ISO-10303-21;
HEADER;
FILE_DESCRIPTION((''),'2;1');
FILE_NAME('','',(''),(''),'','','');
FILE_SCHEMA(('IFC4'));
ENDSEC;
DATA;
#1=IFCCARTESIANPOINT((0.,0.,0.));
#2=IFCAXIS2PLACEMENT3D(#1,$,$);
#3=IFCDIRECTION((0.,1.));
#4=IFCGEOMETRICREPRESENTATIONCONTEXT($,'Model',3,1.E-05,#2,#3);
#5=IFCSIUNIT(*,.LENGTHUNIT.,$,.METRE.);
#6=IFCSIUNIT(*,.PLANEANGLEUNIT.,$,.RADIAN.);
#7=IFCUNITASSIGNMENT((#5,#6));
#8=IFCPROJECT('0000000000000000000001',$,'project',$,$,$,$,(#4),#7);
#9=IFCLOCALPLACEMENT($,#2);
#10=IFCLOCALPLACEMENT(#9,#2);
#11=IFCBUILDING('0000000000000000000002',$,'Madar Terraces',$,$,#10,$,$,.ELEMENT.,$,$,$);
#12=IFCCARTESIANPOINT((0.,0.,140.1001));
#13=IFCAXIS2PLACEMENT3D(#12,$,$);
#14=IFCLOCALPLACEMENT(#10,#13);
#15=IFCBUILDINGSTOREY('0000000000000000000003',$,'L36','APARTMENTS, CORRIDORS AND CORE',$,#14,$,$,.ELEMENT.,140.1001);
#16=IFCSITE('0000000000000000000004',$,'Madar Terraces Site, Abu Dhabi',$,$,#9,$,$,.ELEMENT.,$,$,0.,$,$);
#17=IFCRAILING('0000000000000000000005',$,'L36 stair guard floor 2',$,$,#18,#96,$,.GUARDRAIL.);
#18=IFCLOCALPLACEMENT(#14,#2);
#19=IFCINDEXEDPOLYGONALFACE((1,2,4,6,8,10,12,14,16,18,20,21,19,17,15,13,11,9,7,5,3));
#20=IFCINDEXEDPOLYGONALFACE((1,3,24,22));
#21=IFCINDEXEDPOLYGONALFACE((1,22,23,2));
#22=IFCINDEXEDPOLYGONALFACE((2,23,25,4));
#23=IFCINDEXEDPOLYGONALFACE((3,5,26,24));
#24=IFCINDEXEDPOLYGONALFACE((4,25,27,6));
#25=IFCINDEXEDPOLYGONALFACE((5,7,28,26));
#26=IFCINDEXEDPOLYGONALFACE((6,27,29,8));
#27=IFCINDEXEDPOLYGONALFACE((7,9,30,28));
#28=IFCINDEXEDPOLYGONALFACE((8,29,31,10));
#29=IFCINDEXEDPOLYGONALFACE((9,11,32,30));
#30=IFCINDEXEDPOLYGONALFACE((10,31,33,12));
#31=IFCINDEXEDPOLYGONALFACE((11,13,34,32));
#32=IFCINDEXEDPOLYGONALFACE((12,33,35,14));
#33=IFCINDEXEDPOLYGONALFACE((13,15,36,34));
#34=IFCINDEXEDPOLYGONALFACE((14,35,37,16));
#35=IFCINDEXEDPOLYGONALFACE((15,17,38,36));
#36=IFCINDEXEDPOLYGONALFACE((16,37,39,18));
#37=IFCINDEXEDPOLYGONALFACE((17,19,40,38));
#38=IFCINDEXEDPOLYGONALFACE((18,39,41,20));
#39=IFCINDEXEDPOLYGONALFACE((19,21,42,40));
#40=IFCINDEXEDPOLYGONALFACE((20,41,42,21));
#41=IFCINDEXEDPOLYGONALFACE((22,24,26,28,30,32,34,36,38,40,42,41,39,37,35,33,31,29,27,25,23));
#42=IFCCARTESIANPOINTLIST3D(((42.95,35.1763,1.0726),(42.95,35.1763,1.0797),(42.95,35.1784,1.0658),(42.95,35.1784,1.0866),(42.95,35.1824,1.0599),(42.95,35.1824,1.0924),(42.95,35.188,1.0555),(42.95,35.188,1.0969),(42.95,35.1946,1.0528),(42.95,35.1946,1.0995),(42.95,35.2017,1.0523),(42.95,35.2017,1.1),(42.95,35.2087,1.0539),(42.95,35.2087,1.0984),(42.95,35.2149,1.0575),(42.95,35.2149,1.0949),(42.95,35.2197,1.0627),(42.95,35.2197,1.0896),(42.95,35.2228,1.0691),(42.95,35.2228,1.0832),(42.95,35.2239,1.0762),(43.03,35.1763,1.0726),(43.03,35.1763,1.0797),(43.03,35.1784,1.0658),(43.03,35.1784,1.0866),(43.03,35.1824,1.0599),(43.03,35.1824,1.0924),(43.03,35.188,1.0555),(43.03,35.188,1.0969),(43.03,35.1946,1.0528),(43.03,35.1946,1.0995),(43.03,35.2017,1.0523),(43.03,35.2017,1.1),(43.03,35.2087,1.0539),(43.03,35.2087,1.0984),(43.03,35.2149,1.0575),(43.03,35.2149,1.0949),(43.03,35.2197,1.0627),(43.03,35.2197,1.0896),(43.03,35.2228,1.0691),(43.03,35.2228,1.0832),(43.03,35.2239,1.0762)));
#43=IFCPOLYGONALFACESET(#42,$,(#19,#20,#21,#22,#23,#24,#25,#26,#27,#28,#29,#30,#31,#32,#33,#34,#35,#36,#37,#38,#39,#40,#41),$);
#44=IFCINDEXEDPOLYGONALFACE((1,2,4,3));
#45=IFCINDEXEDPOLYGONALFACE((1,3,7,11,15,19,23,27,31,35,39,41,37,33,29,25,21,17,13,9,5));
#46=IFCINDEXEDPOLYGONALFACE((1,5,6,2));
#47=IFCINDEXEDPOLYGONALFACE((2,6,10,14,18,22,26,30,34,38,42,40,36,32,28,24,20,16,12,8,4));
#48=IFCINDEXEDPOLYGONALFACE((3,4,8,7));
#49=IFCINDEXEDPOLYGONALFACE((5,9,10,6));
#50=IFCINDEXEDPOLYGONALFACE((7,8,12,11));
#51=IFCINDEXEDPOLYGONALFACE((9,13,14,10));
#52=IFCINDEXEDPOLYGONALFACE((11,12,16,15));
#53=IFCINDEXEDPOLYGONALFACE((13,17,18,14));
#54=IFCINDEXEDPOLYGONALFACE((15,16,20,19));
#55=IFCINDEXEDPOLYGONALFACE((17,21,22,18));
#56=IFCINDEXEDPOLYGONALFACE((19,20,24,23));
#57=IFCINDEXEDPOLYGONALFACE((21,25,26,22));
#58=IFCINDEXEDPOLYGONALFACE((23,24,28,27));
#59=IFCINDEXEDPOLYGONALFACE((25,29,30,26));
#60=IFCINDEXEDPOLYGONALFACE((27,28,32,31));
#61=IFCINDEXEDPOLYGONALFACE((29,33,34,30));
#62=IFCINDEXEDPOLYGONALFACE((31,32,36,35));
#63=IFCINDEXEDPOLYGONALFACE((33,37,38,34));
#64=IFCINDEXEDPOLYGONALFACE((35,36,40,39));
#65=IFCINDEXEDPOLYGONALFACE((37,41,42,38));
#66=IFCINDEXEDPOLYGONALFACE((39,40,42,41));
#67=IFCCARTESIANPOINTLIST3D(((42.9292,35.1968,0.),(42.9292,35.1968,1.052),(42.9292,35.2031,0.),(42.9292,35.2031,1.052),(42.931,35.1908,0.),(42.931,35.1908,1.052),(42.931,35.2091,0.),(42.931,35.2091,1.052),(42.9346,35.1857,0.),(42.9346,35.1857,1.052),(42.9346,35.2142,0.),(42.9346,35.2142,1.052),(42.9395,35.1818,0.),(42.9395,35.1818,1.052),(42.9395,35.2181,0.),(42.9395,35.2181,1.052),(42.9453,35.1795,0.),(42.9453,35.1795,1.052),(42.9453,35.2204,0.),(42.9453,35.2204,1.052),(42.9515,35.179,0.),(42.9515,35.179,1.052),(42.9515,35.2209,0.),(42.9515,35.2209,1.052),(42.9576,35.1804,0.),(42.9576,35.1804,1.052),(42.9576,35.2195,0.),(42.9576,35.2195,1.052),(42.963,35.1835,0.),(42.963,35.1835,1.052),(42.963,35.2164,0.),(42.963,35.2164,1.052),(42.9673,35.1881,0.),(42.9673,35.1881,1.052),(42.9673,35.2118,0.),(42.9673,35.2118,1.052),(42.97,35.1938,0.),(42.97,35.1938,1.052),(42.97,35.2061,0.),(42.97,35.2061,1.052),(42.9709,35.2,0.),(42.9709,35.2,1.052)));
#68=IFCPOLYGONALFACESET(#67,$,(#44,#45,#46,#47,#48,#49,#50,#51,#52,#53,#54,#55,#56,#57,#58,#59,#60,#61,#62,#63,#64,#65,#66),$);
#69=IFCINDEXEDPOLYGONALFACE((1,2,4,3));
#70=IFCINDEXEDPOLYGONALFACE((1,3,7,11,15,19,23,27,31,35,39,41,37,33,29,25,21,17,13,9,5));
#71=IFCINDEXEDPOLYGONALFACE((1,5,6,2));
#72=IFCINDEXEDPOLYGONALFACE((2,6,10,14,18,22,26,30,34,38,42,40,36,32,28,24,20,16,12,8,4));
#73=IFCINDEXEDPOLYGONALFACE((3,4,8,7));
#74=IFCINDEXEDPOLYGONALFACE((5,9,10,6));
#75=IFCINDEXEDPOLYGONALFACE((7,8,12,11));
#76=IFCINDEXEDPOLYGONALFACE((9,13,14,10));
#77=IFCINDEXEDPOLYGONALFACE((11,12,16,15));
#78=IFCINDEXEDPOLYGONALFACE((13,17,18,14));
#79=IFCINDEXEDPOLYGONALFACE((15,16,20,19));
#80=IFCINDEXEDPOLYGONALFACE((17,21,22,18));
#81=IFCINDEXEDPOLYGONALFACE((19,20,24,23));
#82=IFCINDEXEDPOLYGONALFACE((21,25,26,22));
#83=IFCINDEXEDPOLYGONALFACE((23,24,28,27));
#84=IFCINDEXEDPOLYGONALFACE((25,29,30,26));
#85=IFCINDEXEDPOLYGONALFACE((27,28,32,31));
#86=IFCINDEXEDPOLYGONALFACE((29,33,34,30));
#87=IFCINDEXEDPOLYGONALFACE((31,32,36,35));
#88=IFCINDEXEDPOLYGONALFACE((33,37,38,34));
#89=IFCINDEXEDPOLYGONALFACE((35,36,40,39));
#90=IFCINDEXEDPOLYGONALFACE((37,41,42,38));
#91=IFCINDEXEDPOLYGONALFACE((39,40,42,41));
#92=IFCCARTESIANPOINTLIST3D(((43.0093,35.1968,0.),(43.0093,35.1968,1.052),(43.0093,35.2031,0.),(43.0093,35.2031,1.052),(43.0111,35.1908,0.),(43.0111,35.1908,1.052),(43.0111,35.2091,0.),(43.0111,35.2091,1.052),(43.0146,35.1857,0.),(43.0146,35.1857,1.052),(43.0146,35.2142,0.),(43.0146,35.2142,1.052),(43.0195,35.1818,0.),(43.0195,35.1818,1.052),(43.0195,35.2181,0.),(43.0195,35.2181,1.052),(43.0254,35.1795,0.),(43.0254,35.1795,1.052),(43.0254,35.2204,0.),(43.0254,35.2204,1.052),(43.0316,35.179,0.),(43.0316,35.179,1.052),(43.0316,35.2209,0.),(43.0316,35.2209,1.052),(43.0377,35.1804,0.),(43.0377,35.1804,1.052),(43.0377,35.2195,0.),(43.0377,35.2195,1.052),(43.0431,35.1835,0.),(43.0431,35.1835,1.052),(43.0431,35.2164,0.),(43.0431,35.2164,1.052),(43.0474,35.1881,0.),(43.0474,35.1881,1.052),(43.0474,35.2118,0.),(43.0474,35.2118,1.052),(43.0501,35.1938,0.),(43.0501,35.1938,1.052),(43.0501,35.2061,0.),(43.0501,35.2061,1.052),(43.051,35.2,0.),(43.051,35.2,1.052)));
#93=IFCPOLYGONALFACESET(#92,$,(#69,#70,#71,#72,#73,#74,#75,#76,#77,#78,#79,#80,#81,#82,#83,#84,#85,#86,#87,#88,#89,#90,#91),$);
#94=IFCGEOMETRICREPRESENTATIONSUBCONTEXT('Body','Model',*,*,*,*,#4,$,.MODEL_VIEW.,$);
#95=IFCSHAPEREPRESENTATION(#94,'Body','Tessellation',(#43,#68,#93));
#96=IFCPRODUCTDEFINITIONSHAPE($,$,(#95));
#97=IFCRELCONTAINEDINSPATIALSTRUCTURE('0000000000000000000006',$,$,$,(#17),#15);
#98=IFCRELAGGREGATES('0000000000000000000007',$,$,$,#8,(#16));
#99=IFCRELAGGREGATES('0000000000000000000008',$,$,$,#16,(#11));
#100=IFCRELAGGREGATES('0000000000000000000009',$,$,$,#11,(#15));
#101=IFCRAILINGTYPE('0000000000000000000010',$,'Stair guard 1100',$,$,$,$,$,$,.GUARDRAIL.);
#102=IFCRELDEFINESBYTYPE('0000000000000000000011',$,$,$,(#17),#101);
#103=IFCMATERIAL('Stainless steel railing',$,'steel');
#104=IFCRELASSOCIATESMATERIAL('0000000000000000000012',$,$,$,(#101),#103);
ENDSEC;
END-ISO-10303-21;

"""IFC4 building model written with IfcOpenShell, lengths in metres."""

from ifc_helpers import new_model, si_unit, direction, frame, origin, origin_2d, place, context, subcontext, project, spatial, circle, extrude, material, type_object, element, save


model = new_model("IFC4")

# Units and contexts
model_context = context("Model", 3, precision=1e-05, world=origin(), true_north=direction((0.0, 1.0)))
body_context = subcontext(model_context, "Body", "Model", "MODEL_VIEW")
ifc_project = project(units=[si_unit("LENGTHUNIT", "METRE"), si_unit("PLANEANGLEUNIT", "RADIAN")], contexts=[model_context])

# Site, building, storey
site_placement = place(None, origin())
site = spatial("IfcSite", under=ifc_project, at=site_placement, Name="Madar Terraces Site, Abu Dhabi", CompositionType="ELEMENT", RefElevation=0.0)
building_placement = place(site_placement, origin())
building = spatial("IfcBuilding", under=site, at=building_placement, Name="Madar Terraces", CompositionType="ELEMENT")
storey_placement = place(building_placement, frame((0.0, 0.0, 140.1001)))
storey = spatial("IfcBuildingStorey", under=building, at=storey_placement, Name="L36", Description="APARTMENTS, CORRIDORS AND CORE", CompositionType="ELEMENT", Elevation=140.1001)

# Railing
ifc_material_1 = material(Name="Stainless steel railing", Category="steel")
railing_type_1 = type_object("IfcRailingType", Name="Stair guard 1100", PredefinedType="GUARDRAIL", material=ifc_material_1)
railing_1_placement = place(storey_placement, frame((42.95, 35.2, 0.0)))
element("IfcRailing", 1, at=railing_1_placement, inside=storey, type_object=railing_type_1, Name="L36 stair guard floor 2", PredefinedType="GUARDRAIL", context=body_context, shape_type="SweptSolid", body=[
    extrude(circle(Radius=0.0239, at=origin_2d()), frame((0.0, 0.0, 1.0762), z_axis=(1.0, 0.0, 0.0), x_axis=(0.0, 1.0, 0.0)), (0.0, 0.0, 1.0), 0.0801),
    extrude(circle(Radius=0.021, at=origin_2d()), origin(), (0.0, 0.0, 1.0), 1.052),
    extrude(circle(Radius=0.021, at=origin_2d()), frame((0.0801, 0.0, 0.0)), (0.0, 0.0, 1.0), 1.052),
])

save(model, "model.ifc")
